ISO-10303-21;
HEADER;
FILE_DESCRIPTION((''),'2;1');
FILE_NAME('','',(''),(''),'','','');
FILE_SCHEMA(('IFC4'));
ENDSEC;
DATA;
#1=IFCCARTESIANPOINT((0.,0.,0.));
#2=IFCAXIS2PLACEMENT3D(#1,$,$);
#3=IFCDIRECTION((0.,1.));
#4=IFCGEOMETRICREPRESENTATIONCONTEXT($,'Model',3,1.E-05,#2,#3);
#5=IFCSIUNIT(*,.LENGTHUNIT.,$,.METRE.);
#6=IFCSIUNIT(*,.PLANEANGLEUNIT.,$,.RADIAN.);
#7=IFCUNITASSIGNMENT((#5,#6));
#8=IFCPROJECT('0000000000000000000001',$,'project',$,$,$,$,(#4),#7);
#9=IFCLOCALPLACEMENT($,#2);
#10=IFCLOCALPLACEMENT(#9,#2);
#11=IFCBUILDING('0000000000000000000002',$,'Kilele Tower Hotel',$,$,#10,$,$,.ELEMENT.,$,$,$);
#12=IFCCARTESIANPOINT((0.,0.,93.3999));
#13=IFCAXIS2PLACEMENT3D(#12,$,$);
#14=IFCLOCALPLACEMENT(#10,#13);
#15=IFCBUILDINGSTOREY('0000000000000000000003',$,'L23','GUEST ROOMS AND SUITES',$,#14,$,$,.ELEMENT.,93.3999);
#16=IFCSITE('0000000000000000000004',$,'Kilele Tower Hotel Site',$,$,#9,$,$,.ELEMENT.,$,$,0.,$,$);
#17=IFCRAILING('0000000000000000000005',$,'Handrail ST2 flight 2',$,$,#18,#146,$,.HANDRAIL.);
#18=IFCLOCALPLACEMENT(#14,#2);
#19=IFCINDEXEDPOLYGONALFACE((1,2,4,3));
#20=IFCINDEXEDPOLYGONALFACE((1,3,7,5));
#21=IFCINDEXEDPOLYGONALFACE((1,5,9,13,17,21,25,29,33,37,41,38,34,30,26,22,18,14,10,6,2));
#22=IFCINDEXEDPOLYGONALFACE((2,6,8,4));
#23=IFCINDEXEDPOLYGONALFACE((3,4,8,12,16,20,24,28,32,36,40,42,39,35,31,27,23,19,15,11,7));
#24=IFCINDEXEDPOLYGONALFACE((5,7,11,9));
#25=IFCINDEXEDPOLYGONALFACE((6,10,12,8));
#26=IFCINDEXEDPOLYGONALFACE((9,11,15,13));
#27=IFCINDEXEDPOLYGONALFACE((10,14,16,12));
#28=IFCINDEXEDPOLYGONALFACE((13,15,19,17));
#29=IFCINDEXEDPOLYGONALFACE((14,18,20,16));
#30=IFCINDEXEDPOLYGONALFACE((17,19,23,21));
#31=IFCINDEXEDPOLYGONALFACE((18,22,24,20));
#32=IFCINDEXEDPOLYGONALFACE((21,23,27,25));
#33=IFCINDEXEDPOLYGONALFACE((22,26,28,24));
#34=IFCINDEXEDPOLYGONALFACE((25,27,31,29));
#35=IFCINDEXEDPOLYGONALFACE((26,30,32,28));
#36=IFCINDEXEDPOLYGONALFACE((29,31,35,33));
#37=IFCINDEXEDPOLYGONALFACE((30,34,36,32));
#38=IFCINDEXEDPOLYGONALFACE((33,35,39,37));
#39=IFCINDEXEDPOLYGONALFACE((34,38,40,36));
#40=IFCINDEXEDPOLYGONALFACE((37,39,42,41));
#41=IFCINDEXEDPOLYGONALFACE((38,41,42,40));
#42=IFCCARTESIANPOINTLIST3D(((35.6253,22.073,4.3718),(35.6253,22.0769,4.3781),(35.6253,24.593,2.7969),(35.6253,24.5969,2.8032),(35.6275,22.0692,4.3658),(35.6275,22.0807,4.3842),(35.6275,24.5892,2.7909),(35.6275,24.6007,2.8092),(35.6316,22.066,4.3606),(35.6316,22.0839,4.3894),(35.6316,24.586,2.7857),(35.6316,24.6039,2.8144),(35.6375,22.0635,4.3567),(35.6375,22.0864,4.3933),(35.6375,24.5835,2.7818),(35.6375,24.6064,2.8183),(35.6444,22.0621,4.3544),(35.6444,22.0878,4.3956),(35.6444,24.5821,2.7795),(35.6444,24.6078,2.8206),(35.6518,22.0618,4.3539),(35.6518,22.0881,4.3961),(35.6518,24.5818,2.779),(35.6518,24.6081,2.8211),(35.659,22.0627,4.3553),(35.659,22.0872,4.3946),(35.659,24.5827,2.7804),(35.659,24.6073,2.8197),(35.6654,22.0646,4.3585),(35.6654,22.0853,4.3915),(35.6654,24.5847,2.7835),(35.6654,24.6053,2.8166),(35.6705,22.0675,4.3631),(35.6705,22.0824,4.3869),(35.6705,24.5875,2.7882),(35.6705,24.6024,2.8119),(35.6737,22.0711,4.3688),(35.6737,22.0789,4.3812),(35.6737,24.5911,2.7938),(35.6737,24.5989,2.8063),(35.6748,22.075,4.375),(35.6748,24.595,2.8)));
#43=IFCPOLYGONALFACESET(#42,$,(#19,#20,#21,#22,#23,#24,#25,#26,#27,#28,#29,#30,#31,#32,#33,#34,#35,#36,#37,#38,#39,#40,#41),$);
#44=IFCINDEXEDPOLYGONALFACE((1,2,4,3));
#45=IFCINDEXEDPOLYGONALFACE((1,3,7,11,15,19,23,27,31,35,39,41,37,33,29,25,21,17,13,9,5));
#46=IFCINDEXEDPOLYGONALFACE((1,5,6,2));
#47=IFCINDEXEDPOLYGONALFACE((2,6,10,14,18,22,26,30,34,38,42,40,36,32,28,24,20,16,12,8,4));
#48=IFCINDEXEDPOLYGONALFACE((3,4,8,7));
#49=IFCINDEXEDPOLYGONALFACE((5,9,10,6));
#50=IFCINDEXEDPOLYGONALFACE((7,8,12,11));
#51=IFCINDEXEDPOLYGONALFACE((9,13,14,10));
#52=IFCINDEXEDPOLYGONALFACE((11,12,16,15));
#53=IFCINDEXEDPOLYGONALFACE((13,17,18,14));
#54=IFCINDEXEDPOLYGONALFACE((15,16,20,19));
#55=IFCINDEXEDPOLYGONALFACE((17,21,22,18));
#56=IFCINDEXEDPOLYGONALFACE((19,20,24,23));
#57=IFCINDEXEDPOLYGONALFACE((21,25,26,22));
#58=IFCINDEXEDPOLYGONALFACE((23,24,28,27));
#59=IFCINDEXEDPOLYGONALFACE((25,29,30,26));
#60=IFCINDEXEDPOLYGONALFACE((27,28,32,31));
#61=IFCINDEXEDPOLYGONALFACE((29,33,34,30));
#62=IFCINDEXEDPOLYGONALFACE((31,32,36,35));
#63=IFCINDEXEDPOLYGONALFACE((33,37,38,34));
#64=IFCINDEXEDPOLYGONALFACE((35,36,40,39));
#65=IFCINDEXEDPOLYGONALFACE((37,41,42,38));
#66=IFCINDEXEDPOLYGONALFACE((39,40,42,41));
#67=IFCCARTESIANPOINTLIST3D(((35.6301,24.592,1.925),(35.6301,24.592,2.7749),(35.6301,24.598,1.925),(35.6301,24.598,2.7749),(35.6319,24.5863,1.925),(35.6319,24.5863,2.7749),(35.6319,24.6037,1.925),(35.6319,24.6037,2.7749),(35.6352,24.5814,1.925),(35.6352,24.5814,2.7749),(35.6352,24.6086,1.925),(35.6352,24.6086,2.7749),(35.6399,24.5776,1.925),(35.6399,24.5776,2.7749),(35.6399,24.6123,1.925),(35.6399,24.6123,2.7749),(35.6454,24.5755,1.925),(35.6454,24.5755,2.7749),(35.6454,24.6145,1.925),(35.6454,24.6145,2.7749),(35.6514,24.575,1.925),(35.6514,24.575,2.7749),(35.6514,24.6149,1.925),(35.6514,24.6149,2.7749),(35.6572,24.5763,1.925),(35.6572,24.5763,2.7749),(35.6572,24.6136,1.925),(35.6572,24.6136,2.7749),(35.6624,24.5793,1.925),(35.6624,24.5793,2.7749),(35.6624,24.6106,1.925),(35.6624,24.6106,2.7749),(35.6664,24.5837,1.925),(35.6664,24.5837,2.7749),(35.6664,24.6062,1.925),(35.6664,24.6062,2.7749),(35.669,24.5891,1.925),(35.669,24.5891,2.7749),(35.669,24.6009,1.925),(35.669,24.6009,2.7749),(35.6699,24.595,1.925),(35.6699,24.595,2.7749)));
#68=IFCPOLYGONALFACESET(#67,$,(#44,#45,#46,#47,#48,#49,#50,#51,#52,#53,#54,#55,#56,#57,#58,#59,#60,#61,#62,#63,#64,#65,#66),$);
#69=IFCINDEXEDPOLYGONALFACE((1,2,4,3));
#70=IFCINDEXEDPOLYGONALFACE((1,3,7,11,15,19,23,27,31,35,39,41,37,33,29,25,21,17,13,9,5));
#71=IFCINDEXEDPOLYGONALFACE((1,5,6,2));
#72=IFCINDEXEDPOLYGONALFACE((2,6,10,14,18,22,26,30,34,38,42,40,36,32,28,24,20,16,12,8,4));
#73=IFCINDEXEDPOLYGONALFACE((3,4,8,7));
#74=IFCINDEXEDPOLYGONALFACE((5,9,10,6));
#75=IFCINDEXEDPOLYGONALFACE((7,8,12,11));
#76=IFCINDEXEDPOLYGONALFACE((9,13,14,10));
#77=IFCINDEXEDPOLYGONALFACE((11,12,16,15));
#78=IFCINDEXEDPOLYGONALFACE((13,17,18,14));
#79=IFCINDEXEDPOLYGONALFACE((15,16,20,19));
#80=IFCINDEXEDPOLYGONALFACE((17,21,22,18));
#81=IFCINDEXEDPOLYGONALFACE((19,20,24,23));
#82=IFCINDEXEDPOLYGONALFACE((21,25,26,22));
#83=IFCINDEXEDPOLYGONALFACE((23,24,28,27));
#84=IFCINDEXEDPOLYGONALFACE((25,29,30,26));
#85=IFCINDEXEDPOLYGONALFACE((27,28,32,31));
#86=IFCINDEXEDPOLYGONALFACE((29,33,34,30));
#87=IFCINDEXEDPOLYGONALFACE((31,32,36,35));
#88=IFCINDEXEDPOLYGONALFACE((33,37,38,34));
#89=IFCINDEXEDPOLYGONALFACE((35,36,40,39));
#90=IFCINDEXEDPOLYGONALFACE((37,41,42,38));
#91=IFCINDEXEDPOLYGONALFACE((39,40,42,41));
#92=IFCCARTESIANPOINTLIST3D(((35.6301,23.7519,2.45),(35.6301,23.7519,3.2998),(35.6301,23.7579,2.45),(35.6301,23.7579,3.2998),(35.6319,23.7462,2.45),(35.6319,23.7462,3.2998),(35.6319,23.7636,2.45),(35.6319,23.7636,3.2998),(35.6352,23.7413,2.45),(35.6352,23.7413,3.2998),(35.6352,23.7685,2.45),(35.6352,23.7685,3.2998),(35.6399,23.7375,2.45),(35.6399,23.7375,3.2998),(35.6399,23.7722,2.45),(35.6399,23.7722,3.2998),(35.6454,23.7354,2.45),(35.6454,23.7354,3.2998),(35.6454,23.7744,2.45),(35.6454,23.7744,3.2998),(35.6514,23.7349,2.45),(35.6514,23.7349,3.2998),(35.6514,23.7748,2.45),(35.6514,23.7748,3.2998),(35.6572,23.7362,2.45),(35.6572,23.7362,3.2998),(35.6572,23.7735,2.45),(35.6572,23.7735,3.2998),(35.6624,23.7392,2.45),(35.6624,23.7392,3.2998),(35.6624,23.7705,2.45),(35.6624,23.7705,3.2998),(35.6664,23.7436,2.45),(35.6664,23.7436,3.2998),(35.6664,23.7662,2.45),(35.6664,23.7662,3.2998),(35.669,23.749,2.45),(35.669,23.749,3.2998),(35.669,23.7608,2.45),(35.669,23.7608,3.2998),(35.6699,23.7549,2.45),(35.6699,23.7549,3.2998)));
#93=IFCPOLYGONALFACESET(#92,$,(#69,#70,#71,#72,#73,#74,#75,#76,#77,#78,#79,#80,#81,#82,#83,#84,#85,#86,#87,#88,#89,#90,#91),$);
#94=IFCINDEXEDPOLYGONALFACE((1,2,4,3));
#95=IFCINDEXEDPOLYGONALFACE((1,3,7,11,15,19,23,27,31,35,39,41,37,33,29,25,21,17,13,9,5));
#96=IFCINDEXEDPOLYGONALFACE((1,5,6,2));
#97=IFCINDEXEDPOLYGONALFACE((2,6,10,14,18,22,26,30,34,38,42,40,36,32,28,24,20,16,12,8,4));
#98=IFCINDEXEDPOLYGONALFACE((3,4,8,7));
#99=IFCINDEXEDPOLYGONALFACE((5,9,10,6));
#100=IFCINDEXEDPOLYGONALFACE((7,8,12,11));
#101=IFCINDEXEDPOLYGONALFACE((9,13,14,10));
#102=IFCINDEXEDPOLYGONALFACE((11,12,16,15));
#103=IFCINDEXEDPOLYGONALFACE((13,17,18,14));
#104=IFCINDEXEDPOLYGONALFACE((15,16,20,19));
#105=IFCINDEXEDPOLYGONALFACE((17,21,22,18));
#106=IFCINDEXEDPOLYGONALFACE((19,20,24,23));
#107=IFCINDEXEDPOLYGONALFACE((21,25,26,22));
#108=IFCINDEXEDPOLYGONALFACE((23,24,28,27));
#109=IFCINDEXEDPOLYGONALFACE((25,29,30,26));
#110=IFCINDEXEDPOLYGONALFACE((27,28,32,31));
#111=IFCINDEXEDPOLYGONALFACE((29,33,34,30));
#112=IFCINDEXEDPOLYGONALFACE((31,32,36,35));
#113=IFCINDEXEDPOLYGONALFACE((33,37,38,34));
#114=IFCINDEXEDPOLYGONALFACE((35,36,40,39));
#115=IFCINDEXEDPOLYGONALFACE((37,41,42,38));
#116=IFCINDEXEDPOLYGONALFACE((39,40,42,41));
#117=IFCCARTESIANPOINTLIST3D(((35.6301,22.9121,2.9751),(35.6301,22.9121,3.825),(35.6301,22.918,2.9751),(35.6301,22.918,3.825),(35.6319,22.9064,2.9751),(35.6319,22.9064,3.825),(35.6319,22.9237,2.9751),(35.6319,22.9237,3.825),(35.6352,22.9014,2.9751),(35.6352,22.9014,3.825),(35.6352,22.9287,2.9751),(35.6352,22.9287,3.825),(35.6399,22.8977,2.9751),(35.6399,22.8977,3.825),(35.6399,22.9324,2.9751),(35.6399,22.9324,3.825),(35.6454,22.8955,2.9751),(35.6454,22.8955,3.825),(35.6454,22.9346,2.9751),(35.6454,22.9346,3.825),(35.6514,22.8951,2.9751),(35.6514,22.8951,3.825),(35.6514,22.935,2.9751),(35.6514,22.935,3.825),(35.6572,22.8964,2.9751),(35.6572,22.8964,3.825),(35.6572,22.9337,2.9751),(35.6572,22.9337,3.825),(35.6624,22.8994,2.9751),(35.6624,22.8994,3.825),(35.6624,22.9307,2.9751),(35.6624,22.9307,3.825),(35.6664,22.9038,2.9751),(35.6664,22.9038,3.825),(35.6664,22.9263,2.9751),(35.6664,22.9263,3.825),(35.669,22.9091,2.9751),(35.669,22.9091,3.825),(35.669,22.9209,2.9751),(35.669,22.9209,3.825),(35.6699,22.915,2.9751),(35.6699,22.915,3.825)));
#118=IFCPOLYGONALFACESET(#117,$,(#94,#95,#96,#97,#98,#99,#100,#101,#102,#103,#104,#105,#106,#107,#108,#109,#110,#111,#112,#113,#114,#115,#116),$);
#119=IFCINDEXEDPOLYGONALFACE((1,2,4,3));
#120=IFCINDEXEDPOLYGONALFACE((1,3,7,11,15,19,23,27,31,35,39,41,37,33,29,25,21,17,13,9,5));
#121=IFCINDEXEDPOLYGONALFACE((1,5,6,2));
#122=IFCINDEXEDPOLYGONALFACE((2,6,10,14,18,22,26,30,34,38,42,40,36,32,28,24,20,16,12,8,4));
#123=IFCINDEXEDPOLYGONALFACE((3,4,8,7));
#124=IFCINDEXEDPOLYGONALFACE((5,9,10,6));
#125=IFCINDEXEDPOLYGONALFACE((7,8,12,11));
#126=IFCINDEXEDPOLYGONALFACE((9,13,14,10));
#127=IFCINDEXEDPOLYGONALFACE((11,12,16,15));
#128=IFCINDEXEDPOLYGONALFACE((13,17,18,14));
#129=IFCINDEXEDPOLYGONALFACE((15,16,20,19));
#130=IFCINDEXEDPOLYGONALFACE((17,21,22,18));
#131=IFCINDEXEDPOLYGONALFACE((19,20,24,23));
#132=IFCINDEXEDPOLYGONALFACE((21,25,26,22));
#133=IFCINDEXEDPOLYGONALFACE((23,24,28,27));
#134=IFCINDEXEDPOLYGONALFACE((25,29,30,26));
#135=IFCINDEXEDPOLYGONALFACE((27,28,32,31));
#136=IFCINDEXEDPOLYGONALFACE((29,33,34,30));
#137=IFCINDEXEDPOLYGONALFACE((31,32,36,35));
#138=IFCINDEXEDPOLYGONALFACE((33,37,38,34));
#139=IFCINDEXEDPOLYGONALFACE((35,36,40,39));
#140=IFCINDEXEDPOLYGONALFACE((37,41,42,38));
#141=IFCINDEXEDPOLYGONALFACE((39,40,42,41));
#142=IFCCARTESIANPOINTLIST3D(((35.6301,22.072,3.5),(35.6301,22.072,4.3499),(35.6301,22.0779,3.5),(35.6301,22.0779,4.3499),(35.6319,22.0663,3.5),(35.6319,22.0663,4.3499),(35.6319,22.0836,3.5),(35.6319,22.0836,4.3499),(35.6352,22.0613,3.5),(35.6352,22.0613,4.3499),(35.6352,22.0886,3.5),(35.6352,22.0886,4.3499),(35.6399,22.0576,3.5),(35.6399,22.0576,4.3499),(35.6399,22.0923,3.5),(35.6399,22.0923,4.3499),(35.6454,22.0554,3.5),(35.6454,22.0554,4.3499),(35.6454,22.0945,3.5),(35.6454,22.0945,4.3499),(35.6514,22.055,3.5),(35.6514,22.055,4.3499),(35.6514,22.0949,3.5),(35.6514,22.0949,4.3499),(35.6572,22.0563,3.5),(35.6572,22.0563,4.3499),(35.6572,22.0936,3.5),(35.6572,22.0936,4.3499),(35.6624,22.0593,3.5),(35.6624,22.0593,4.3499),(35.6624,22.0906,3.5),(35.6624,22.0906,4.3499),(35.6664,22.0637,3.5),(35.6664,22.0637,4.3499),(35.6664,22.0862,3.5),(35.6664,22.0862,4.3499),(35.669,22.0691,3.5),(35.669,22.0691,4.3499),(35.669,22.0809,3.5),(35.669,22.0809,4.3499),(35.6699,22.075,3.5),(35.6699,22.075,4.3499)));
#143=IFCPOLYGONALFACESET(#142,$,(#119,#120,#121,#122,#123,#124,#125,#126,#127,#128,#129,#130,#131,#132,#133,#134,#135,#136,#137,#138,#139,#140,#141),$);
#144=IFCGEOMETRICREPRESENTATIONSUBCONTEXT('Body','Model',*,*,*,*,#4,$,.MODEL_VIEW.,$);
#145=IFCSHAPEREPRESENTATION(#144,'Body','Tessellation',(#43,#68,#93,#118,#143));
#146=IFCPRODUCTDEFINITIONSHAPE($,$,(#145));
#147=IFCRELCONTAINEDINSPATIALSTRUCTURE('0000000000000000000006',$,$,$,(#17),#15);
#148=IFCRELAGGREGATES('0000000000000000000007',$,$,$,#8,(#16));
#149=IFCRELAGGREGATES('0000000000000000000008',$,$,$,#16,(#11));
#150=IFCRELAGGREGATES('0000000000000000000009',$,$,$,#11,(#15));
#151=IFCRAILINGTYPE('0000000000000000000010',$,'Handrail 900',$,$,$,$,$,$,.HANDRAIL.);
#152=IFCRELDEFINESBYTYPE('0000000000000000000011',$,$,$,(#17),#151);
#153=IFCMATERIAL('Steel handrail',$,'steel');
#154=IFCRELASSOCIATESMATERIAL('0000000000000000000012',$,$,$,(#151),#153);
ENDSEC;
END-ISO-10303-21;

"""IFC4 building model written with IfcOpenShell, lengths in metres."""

from ifc_helpers import new_model, si_unit, direction, frame, origin, origin_2d, place, context, subcontext, project, spatial, circle, extrude, material, type_object, element, save


model = new_model("IFC4")

# Units and contexts
model_context = context("Model", 3, precision=1e-05, world=origin(), true_north=direction((0.0, 1.0)))
body_context = subcontext(model_context, "Body", "Model", "MODEL_VIEW")
ifc_project = project(units=[si_unit("LENGTHUNIT", "METRE"), si_unit("PLANEANGLEUNIT", "RADIAN")], contexts=[model_context])

# Site, building, storey
site_placement = place(None, origin())
site = spatial("IfcSite", under=ifc_project, at=site_placement, Name="Kilele Tower Hotel Site", CompositionType="ELEMENT", RefElevation=0.0)
building_placement = place(site_placement, origin())
building = spatial("IfcBuilding", under=site, at=building_placement, Name="Kilele Tower Hotel", CompositionType="ELEMENT")
storey_placement = place(building_placement, frame((0.0, 0.0, 93.3999)))
storey = spatial("IfcBuildingStorey", under=building, at=storey_placement, Name="L23", Description="GUEST ROOMS AND SUITES", CompositionType="ELEMENT", Elevation=93.3999)

# Railing
ifc_material_1 = material(Name="Steel handrail", Category="steel")
railing_type_1 = type_object("IfcRailingType", Name="Handrail 900", PredefinedType="HANDRAIL", material=ifc_material_1)
for number, where, name in (
    (1, (35.6499, 24.595, 1.925), "Handrail ST2 flight 2"),
):
    element("IfcRailing", number, at=place(storey_placement, frame(where)), inside=storey, type_object=railing_type_1, Name=name, PredefinedType="HANDRAIL", context=body_context, shape_type="SweptSolid", body=[
        extrude(circle(Radius=0.0249, at=origin_2d()), frame((0.0, 0.0, 0.875), z_axis=(0.0, -0.848008, 0.529984), x_axis=(1.0, 0.0, 0.0)), (0.0, 0.0, 1.0), 2.9717),
        extrude(circle(Radius=0.02, at=origin_2d()), origin(), (0.0, 0.0, 1.0), 0.8499),
        extrude(circle(Radius=0.02, at=origin_2d()), frame((0.0, -0.8401, 0.5249)), (0.0, 0.0, 1.0), 0.8499),
        extrude(circle(Radius=0.02, at=origin_2d()), frame((0.0, -1.6799, 1.05)), (0.0, 0.0, 1.0), 0.8499),
        extrude(circle(Radius=0.02, at=origin_2d()), frame((0.0, -2.52, 1.575)), (0.0, 0.0, 1.0), 0.8499),
    ])

save(model, "model.ifc")
